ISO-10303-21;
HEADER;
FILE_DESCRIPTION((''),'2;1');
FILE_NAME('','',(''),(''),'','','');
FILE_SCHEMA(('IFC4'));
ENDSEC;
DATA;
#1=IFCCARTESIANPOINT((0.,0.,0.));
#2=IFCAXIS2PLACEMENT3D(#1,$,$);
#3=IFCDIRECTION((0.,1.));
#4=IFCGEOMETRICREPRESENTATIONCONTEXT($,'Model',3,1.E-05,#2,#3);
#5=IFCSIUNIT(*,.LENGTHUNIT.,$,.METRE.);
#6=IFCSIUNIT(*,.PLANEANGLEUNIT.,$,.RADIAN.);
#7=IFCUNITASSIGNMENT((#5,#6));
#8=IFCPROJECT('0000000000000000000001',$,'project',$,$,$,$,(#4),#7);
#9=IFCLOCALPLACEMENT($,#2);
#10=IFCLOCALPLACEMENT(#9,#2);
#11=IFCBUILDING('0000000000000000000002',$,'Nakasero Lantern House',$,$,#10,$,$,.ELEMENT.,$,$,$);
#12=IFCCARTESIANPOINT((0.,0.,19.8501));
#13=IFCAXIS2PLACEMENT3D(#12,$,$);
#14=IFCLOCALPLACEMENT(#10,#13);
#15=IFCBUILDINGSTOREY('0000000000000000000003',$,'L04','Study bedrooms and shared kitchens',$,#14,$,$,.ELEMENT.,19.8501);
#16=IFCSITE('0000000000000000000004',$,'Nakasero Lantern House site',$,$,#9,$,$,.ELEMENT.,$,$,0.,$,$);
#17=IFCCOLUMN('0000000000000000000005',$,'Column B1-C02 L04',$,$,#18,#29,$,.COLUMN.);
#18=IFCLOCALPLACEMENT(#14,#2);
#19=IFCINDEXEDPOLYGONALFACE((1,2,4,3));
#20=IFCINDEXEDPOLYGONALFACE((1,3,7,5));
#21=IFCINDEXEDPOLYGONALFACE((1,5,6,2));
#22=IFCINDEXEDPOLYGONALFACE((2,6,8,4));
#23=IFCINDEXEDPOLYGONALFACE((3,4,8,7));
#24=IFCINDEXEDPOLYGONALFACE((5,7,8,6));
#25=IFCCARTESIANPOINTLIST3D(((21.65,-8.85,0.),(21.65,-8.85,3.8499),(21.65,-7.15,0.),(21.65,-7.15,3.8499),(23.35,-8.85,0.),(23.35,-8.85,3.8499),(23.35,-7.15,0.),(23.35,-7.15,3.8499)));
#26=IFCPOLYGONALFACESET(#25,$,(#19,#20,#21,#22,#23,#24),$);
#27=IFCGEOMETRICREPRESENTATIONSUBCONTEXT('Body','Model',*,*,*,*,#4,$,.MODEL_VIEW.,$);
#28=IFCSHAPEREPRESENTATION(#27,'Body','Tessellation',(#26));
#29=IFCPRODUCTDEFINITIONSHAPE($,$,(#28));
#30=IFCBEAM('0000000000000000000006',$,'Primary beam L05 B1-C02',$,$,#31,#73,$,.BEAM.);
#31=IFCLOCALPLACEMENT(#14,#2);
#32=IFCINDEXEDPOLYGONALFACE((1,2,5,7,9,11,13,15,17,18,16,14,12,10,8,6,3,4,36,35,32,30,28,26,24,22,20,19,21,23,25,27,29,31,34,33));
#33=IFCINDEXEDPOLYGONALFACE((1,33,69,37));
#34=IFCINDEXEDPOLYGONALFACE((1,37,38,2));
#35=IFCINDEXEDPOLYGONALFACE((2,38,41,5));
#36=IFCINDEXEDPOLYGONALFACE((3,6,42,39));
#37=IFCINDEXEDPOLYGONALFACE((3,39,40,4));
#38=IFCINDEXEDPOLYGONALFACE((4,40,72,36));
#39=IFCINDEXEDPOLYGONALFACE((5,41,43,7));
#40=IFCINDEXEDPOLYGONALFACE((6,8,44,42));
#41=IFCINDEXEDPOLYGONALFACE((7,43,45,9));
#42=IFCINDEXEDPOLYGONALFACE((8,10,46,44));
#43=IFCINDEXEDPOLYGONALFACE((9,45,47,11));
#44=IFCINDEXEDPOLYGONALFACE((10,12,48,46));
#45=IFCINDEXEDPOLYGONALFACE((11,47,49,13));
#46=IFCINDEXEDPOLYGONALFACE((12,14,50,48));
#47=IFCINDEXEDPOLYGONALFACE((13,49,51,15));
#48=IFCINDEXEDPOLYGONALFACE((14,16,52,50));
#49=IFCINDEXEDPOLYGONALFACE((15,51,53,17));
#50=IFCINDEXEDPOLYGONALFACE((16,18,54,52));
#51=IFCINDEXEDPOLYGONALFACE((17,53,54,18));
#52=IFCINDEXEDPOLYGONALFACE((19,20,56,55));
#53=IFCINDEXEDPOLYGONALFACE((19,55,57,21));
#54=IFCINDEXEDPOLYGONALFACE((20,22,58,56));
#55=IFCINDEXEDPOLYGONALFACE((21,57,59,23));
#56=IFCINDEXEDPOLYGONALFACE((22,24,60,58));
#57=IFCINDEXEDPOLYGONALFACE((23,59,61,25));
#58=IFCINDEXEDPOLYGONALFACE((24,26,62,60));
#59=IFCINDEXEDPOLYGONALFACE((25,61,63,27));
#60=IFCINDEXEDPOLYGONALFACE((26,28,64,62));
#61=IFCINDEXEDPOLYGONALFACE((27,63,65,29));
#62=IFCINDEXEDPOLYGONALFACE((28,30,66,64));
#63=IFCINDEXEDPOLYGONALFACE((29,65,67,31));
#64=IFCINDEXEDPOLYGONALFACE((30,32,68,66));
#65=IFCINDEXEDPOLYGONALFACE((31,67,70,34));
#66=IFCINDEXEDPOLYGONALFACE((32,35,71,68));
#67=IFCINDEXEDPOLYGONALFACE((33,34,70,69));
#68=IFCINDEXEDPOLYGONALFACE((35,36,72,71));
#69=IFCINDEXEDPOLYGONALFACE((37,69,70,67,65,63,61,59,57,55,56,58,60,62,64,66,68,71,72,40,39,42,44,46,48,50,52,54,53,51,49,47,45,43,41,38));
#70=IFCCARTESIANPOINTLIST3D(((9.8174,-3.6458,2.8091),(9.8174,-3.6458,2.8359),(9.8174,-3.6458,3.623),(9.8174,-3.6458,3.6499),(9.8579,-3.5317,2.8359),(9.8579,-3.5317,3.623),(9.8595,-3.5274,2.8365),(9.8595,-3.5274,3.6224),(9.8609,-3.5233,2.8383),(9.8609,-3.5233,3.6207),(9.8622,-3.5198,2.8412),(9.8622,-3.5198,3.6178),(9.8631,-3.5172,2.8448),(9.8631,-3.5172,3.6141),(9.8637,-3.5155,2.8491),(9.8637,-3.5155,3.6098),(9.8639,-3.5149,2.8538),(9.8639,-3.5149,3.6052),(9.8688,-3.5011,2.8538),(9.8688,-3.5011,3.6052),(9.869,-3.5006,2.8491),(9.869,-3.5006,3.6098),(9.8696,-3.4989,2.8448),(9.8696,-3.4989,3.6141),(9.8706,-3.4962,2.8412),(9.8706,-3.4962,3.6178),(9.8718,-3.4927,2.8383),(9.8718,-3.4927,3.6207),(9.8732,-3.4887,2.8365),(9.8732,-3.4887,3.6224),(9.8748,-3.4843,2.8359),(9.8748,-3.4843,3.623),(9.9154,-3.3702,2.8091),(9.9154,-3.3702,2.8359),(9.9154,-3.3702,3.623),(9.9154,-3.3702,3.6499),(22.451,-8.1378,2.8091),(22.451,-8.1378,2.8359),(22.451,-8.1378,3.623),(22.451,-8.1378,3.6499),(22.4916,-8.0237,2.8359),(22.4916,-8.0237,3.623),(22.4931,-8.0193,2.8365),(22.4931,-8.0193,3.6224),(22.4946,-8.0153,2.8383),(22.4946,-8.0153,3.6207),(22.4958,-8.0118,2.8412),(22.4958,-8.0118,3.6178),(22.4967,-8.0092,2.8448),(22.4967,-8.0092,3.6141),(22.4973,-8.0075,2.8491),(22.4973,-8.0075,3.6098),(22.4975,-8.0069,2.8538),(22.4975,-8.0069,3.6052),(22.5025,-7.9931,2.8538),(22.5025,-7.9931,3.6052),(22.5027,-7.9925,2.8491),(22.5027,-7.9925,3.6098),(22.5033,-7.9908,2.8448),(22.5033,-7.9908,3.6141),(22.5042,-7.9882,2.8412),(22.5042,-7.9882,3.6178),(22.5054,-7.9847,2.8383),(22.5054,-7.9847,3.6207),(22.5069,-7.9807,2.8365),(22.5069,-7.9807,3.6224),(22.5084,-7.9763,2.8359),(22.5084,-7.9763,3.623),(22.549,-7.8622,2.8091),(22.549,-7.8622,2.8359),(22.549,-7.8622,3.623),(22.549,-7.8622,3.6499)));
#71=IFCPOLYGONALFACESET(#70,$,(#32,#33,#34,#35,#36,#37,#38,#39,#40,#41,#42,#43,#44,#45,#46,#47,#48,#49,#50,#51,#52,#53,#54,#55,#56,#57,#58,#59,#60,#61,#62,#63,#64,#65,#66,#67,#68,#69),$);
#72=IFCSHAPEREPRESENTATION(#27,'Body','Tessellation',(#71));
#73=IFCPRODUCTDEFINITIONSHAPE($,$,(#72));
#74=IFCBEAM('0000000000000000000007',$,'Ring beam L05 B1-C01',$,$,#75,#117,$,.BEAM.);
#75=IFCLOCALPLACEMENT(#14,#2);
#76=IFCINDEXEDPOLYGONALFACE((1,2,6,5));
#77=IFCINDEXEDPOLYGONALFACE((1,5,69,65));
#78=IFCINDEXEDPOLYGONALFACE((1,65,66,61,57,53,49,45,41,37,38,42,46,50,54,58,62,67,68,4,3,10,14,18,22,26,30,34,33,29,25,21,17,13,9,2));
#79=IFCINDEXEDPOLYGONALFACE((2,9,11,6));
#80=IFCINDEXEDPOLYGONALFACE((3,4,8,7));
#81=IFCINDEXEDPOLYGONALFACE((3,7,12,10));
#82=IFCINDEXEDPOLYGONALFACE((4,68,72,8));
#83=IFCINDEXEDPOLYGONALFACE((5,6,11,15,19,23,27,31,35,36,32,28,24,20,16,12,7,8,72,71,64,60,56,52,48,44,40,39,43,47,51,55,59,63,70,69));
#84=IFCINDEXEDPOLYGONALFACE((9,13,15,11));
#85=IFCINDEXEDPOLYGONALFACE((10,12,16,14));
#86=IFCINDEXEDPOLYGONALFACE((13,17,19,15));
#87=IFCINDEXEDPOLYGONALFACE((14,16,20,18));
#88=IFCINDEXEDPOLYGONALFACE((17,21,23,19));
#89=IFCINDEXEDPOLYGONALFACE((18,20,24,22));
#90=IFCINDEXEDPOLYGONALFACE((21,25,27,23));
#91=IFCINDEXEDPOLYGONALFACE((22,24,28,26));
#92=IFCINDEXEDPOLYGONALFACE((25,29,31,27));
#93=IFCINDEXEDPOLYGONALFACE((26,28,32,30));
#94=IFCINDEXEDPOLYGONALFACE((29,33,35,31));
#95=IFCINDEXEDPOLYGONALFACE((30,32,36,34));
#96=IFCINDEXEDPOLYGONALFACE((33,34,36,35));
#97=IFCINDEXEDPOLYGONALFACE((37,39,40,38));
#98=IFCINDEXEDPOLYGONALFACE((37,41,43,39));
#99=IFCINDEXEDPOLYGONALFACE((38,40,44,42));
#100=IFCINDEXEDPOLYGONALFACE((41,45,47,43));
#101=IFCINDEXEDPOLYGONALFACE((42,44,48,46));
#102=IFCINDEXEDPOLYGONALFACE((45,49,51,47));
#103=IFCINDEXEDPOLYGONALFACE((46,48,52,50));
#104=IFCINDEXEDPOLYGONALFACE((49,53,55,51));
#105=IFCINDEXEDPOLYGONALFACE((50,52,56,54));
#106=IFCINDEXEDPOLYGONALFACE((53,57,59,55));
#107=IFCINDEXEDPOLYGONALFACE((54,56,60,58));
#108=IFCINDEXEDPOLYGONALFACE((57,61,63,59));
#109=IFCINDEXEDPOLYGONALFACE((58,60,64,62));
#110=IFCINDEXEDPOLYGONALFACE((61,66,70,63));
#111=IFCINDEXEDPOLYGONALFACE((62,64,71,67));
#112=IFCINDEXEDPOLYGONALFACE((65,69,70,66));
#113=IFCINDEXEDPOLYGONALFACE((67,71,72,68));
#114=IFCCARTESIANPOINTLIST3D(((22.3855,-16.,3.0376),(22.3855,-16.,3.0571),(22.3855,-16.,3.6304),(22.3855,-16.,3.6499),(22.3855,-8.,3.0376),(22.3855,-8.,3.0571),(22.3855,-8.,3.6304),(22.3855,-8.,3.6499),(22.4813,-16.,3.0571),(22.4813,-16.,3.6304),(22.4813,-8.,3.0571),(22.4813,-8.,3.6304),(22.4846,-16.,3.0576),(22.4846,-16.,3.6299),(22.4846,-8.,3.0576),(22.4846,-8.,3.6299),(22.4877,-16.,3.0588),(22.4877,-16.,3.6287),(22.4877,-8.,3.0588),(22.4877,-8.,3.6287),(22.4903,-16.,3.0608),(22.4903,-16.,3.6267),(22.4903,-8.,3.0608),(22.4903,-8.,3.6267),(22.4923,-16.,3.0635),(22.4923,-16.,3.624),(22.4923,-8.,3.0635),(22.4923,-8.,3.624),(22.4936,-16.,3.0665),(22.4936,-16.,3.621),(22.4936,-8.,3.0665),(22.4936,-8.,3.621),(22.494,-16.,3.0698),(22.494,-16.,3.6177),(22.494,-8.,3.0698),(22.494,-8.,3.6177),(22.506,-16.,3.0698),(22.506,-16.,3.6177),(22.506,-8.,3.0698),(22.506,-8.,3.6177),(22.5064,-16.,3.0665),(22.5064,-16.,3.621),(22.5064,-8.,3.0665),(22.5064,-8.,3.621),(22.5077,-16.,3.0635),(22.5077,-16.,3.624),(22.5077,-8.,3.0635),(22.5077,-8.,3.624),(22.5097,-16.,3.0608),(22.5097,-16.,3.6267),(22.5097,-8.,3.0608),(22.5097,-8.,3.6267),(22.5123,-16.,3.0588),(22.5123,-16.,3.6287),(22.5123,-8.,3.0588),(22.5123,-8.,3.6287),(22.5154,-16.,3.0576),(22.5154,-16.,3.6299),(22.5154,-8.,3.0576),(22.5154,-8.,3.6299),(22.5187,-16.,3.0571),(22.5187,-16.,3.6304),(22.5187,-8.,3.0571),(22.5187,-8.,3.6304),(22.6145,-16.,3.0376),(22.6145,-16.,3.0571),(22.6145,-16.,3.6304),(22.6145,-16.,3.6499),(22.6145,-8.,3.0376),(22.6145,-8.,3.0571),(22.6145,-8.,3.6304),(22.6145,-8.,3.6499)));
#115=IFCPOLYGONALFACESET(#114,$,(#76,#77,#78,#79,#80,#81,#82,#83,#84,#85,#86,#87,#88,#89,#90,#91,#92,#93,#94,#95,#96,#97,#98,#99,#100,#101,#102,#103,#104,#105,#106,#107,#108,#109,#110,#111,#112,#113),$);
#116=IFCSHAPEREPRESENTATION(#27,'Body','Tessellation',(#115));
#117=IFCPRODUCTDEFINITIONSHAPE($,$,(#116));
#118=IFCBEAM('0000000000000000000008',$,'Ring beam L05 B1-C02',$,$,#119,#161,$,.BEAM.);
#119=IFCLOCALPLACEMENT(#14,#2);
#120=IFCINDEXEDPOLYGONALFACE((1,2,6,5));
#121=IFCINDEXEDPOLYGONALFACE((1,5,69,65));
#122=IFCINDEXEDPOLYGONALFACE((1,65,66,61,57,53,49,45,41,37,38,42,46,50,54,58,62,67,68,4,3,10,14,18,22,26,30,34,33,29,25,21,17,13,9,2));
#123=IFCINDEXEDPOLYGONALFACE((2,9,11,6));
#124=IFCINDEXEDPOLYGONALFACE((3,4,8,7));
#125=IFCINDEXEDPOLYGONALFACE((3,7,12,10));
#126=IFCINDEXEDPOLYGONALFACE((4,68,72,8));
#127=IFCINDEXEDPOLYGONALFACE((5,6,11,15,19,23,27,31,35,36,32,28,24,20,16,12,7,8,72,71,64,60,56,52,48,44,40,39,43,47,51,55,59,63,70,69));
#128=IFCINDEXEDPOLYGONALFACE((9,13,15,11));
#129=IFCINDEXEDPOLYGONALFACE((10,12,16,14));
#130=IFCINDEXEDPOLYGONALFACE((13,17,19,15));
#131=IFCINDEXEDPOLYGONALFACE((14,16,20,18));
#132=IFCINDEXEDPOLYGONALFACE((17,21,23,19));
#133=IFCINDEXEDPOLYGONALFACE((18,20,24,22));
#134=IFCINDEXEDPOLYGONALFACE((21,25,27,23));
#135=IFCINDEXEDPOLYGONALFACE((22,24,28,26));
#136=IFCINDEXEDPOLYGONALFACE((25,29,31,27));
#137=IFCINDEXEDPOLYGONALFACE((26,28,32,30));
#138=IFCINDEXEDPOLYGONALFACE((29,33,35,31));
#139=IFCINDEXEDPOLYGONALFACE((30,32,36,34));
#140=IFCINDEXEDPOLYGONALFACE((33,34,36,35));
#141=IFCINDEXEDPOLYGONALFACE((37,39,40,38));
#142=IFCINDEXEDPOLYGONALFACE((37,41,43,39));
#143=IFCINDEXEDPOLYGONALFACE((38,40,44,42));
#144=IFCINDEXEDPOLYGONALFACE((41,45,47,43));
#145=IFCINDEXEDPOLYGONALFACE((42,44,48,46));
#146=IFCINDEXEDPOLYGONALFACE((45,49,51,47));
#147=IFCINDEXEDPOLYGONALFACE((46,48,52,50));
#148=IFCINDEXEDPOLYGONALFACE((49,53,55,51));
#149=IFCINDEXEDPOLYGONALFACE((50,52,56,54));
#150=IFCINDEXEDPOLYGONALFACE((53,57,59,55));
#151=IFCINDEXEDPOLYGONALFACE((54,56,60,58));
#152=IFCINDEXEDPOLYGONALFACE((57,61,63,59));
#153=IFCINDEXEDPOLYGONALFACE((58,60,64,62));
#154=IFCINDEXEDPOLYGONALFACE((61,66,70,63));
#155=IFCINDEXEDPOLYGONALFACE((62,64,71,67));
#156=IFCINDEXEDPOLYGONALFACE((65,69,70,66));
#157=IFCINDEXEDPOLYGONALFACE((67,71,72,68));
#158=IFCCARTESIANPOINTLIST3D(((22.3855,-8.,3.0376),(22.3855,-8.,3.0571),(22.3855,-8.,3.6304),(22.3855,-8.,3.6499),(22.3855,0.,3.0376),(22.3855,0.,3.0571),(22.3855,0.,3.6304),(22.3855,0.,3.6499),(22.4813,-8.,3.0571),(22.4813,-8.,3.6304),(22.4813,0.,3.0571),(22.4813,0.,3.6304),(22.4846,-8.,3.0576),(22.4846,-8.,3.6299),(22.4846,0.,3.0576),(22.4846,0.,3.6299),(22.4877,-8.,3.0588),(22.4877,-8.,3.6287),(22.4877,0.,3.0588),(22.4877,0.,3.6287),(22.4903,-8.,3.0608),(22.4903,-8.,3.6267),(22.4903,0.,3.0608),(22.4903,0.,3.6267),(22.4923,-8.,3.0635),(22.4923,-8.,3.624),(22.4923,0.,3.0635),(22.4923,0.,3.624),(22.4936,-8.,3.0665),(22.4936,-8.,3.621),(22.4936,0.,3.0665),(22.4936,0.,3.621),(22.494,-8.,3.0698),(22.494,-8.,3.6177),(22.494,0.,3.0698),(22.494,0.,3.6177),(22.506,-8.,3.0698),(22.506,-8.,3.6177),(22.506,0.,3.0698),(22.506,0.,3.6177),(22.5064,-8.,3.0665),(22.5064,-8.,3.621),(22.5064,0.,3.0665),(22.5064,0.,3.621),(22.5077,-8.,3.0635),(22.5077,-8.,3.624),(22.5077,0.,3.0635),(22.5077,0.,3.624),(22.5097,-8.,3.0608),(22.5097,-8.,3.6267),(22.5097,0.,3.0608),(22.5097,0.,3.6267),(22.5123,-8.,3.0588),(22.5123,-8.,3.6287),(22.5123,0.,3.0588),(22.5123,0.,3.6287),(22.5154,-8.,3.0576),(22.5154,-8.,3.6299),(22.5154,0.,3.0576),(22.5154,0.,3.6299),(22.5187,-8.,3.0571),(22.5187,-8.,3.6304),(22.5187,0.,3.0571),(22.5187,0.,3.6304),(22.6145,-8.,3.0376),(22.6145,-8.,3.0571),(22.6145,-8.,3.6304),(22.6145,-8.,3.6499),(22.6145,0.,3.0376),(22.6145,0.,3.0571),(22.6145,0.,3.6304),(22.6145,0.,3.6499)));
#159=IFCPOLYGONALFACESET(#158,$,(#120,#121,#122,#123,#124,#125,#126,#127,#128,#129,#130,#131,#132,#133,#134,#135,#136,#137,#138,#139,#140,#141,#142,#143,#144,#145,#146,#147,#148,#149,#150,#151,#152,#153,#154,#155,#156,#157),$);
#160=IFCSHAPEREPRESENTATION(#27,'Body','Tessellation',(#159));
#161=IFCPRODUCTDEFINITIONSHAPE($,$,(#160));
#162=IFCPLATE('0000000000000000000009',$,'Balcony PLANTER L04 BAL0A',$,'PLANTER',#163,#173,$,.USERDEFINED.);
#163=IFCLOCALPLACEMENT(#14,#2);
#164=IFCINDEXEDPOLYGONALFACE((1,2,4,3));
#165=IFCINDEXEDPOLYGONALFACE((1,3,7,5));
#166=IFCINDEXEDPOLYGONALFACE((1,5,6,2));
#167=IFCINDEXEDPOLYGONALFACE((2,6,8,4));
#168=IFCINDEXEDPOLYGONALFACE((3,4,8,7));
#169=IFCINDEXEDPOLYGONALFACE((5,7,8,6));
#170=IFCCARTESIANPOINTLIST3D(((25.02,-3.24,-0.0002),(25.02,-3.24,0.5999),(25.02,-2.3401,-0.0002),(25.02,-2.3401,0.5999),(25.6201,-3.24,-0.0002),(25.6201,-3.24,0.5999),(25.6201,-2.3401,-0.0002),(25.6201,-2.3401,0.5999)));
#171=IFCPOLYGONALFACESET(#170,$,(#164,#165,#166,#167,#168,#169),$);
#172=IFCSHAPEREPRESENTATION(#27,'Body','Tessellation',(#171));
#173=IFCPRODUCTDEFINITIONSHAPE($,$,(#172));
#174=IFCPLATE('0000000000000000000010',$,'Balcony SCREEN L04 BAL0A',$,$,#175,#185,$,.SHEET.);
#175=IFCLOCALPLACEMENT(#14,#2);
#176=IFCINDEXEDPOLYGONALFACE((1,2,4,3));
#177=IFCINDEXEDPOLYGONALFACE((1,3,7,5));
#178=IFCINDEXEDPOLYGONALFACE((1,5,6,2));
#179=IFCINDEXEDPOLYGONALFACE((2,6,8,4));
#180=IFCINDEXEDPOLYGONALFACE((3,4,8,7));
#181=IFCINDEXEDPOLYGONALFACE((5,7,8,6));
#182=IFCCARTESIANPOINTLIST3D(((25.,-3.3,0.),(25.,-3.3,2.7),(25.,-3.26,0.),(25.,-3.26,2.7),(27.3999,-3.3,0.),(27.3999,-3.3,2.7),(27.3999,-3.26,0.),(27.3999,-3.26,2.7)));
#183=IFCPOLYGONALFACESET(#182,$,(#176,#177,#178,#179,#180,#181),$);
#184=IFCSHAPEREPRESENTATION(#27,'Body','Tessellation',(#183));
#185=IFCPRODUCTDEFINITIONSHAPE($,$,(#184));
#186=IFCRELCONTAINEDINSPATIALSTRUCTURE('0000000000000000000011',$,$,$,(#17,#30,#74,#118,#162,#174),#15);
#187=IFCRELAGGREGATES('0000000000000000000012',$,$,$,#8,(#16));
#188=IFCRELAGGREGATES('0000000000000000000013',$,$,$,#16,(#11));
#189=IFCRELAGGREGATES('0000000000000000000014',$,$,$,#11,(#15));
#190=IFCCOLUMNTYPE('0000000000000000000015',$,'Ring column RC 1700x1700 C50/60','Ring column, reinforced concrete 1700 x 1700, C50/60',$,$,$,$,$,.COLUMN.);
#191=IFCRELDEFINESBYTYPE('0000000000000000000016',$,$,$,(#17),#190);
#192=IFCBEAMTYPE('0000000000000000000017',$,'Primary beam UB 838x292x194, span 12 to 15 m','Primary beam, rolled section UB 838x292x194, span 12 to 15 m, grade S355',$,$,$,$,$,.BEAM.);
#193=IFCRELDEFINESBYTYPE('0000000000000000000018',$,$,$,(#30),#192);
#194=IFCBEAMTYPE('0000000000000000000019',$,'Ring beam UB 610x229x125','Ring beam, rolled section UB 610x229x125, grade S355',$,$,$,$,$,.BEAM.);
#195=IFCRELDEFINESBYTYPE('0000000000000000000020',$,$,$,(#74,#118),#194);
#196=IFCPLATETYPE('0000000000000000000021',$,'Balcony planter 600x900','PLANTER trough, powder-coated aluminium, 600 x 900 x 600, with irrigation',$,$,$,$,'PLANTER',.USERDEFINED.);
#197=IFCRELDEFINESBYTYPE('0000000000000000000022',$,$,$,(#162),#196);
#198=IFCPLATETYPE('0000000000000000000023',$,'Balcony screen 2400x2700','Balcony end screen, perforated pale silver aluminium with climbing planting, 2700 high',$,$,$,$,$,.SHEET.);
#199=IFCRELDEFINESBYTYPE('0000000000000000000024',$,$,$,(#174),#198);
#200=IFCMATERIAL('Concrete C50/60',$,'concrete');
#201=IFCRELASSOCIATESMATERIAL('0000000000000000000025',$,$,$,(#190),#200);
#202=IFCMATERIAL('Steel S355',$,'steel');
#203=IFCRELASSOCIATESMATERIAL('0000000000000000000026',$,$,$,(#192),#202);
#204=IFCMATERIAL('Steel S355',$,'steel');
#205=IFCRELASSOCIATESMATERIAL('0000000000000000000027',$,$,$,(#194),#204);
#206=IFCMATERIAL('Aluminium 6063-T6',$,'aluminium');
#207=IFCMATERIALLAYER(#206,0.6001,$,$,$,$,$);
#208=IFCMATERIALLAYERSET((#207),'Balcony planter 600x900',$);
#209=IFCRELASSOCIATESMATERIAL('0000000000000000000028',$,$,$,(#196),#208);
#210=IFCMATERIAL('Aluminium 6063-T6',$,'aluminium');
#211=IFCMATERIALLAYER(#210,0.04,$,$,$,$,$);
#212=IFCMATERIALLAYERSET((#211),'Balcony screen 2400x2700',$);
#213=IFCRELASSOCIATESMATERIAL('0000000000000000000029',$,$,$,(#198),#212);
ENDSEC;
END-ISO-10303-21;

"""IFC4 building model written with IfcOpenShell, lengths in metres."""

from ifc_helpers import new_model, si_unit, direction, frame, origin, origin_2d, place, context, subcontext, project, spatial, rectangle, i_section, extrude, material, layer, layer_set, material_profile, profile_set, type_object, element, save


model = new_model("IFC4")

# Units and contexts
model_context = context("Model", 3, precision=1e-05, world=origin(), true_north=direction((0.0, 1.0)))
body_context = subcontext(model_context, "Body", "Model", "MODEL_VIEW")
ifc_project = project(units=[si_unit("LENGTHUNIT", "METRE"), si_unit("PLANEANGLEUNIT", "RADIAN")], contexts=[model_context])

# Site, building, storey
site_placement = place(None, origin())
site = spatial("IfcSite", under=ifc_project, at=site_placement, Name="Nakasero Lantern House site", CompositionType="ELEMENT", RefElevation=0.0)
building_placement = place(site_placement, origin())
building = spatial("IfcBuilding", under=site, at=building_placement, Name="Nakasero Lantern House", CompositionType="ELEMENT")
storey_placement = place(building_placement, frame((0.0, 0.0, 19.8501)))
storey = spatial("IfcBuildingStorey", under=building, at=storey_placement, Name="L04", Description="Study bedrooms and shared kitchens", CompositionType="ELEMENT", Elevation=19.8501)

# Column
ifc_material_1 = material(Name="Concrete C50/60", Category="concrete")
ifc_material_profile_1 = material_profile(ifc_material_1, rectangle(XDim=1.7, YDim=1.7, at=origin_2d()), Name="RC 1700x1700")
ifc_profile_set_1 = profile_set([ifc_material_profile_1], Name="Concrete C50/60")
column_type = type_object("IfcColumnType", Name="Ring column RC 1700x1700 C50/60", Description="Ring column, reinforced concrete 1700 x 1700, C50/60", PredefinedType="COLUMN", material=ifc_profile_set_1)
column_placement = place(storey_placement, frame((22.5, -8.0, 0.0), z_axis=(0.0, 0.0, 1.0), x_axis=(1.0, 0.0, 0.0)))
element("IfcColumn", 1, at=column_placement, inside=storey, type_object=column_type, Name="Column B1-C02 L04", PredefinedType="COLUMN", context=body_context, shape_type="SweptSolid", body=[
    extrude(rectangle(XDim=1.7, YDim=1.7, at=origin_2d()), origin(), (0.0, 0.0, 1.0), 3.8499),
])

# Beams
ifc_material_2 = material(Name="Steel S355", Category="steel")
ifc_material_profile_2 = material_profile(ifc_material_2, i_section(OverallWidth=0.2925, OverallDepth=0.8408, WebThickness=0.0146, FlangeThickness=0.0269, FilletRadius=0.0178, at=origin_2d()), Name="UB 838x292x194")
ifc_profile_set_2 = profile_set([ifc_material_profile_2], Name="Steel S355")
beam_type_1 = type_object("IfcBeamType", Name="Primary beam UB 838x292x194, span 12 to 15 m", Description="Primary beam, rolled section UB 838x292x194, span 12 to 15 m, grade S355", PredefinedType="BEAM", material=ifc_profile_set_2)
beam_placement = place(storey_placement, frame((22.5, -8.0, 3.2295), z_axis=(-0.942214, 0.335011, 0.0), x_axis=(-0.335011, -0.942214, 0.0)))
element("IfcBeam", 2, at=beam_placement, inside=storey, type_object=beam_type_1, Name="Primary beam L05 B1-C02", PredefinedType="BEAM", context=body_context, shape_type="SweptSolid", body=[
    extrude(i_section(OverallWidth=0.2925, OverallDepth=0.8408, WebThickness=0.0146, FlangeThickness=0.0269, FilletRadius=0.0178, at=origin_2d()), origin(), (0.0, 0.0, 1.0), 13.4084),
])
ifc_material_3 = material(Name="Steel S355", Category="steel")
ifc_material_profile_3 = material_profile(ifc_material_3, i_section(OverallWidth=0.229, OverallDepth=0.6123, WebThickness=0.012, FlangeThickness=0.0195, FilletRadius=0.0127, at=origin_2d()), Name="UB 610x229x125")
ifc_profile_set_3 = profile_set([ifc_material_profile_3], Name="Steel S355")
beam_type_2 = type_object("IfcBeamType", Name="Ring beam UB 610x229x125", Description="Ring beam, rolled section UB 610x229x125, grade S355", PredefinedType="BEAM", material=ifc_profile_set_3)
for number, where, z_axis, x_axis, name in (
    (3, (22.5, -16.0, 3.3438), (0.0, 1.0, 0.0), (-1.0, 0.0, 0.0), "Ring beam L05 B1-C01"),
    (4, (22.5, -8.0, 3.3438), (0.0, 1.0, 0.0), (-1.0, 0.0, 0.0), "Ring beam L05 B1-C02"),
):
    element("IfcBeam", number, at=place(storey_placement, frame(where, z_axis=z_axis, x_axis=x_axis)), inside=storey, type_object=beam_type_2, Name=name, PredefinedType="BEAM", context=body_context, shape_type="SweptSolid", body=[
        extrude(i_section(OverallWidth=0.229, OverallDepth=0.6123, WebThickness=0.012, FlangeThickness=0.0195, FilletRadius=0.0127, at=origin_2d()), origin(), (0.0, 0.0, 1.0), 8.0),
    ])

# Plates
ifc_material_4 = material(Name="Aluminium 6063-T6", Category="aluminium")
ifc_layer_1 = layer(ifc_material_4, 0.6001)
ifc_layer_set_1 = layer_set([ifc_layer_1], Name="Balcony planter 600x900")
plate_type_1 = type_object("IfcPlateType", Name="Balcony planter 600x900", Description="PLANTER trough, powder-coated aluminium, 600 x 900 x 600, with irrigation", ElementType="PLANTER", PredefinedType="USERDEFINED", material=ifc_layer_set_1)
plate_1_placement = place(storey_placement, frame((25.3201, -2.79, -0.0002), z_axis=(0.0, 0.0, 1.0), x_axis=(1.0, 0.0, 0.0)))
element("IfcPlate", 5, at=plate_1_placement, inside=storey, type_object=plate_type_1, Name="Balcony PLANTER L04 BAL0A", ObjectType="PLANTER", PredefinedType="USERDEFINED", context=body_context, shape_type="SweptSolid", body=[
    extrude(rectangle(XDim=0.6001, YDim=0.8999, at=origin_2d()), origin(), (0.0, 0.0, 1.0), 0.6001),
])
ifc_material_5 = material(Name="Aluminium 6063-T6", Category="aluminium")
ifc_layer_2 = layer(ifc_material_5, 0.04)
ifc_layer_set_2 = layer_set([ifc_layer_2], Name="Balcony screen 2400x2700")
plate_type_2 = type_object("IfcPlateType", Name="Balcony screen 2400x2700", Description="Balcony end screen, perforated pale silver aluminium with climbing planting, 2700 high", PredefinedType="SHEET", material=ifc_layer_set_2)
plate_2_placement = place(storey_placement, frame((26.2, -3.28, 0.0), z_axis=(0.0, 0.0, 1.0), x_axis=(1.0, 0.0, 0.0)))
element("IfcPlate", 6, at=plate_2_placement, inside=storey, type_object=plate_type_2, Name="Balcony SCREEN L04 BAL0A", PredefinedType="SHEET", context=body_context, shape_type="SweptSolid", body=[
    extrude(rectangle(XDim=2.3999, YDim=0.04, at=origin_2d()), origin(), (0.0, 0.0, 1.0), 2.7),
])

save(model, "model.ifc")
